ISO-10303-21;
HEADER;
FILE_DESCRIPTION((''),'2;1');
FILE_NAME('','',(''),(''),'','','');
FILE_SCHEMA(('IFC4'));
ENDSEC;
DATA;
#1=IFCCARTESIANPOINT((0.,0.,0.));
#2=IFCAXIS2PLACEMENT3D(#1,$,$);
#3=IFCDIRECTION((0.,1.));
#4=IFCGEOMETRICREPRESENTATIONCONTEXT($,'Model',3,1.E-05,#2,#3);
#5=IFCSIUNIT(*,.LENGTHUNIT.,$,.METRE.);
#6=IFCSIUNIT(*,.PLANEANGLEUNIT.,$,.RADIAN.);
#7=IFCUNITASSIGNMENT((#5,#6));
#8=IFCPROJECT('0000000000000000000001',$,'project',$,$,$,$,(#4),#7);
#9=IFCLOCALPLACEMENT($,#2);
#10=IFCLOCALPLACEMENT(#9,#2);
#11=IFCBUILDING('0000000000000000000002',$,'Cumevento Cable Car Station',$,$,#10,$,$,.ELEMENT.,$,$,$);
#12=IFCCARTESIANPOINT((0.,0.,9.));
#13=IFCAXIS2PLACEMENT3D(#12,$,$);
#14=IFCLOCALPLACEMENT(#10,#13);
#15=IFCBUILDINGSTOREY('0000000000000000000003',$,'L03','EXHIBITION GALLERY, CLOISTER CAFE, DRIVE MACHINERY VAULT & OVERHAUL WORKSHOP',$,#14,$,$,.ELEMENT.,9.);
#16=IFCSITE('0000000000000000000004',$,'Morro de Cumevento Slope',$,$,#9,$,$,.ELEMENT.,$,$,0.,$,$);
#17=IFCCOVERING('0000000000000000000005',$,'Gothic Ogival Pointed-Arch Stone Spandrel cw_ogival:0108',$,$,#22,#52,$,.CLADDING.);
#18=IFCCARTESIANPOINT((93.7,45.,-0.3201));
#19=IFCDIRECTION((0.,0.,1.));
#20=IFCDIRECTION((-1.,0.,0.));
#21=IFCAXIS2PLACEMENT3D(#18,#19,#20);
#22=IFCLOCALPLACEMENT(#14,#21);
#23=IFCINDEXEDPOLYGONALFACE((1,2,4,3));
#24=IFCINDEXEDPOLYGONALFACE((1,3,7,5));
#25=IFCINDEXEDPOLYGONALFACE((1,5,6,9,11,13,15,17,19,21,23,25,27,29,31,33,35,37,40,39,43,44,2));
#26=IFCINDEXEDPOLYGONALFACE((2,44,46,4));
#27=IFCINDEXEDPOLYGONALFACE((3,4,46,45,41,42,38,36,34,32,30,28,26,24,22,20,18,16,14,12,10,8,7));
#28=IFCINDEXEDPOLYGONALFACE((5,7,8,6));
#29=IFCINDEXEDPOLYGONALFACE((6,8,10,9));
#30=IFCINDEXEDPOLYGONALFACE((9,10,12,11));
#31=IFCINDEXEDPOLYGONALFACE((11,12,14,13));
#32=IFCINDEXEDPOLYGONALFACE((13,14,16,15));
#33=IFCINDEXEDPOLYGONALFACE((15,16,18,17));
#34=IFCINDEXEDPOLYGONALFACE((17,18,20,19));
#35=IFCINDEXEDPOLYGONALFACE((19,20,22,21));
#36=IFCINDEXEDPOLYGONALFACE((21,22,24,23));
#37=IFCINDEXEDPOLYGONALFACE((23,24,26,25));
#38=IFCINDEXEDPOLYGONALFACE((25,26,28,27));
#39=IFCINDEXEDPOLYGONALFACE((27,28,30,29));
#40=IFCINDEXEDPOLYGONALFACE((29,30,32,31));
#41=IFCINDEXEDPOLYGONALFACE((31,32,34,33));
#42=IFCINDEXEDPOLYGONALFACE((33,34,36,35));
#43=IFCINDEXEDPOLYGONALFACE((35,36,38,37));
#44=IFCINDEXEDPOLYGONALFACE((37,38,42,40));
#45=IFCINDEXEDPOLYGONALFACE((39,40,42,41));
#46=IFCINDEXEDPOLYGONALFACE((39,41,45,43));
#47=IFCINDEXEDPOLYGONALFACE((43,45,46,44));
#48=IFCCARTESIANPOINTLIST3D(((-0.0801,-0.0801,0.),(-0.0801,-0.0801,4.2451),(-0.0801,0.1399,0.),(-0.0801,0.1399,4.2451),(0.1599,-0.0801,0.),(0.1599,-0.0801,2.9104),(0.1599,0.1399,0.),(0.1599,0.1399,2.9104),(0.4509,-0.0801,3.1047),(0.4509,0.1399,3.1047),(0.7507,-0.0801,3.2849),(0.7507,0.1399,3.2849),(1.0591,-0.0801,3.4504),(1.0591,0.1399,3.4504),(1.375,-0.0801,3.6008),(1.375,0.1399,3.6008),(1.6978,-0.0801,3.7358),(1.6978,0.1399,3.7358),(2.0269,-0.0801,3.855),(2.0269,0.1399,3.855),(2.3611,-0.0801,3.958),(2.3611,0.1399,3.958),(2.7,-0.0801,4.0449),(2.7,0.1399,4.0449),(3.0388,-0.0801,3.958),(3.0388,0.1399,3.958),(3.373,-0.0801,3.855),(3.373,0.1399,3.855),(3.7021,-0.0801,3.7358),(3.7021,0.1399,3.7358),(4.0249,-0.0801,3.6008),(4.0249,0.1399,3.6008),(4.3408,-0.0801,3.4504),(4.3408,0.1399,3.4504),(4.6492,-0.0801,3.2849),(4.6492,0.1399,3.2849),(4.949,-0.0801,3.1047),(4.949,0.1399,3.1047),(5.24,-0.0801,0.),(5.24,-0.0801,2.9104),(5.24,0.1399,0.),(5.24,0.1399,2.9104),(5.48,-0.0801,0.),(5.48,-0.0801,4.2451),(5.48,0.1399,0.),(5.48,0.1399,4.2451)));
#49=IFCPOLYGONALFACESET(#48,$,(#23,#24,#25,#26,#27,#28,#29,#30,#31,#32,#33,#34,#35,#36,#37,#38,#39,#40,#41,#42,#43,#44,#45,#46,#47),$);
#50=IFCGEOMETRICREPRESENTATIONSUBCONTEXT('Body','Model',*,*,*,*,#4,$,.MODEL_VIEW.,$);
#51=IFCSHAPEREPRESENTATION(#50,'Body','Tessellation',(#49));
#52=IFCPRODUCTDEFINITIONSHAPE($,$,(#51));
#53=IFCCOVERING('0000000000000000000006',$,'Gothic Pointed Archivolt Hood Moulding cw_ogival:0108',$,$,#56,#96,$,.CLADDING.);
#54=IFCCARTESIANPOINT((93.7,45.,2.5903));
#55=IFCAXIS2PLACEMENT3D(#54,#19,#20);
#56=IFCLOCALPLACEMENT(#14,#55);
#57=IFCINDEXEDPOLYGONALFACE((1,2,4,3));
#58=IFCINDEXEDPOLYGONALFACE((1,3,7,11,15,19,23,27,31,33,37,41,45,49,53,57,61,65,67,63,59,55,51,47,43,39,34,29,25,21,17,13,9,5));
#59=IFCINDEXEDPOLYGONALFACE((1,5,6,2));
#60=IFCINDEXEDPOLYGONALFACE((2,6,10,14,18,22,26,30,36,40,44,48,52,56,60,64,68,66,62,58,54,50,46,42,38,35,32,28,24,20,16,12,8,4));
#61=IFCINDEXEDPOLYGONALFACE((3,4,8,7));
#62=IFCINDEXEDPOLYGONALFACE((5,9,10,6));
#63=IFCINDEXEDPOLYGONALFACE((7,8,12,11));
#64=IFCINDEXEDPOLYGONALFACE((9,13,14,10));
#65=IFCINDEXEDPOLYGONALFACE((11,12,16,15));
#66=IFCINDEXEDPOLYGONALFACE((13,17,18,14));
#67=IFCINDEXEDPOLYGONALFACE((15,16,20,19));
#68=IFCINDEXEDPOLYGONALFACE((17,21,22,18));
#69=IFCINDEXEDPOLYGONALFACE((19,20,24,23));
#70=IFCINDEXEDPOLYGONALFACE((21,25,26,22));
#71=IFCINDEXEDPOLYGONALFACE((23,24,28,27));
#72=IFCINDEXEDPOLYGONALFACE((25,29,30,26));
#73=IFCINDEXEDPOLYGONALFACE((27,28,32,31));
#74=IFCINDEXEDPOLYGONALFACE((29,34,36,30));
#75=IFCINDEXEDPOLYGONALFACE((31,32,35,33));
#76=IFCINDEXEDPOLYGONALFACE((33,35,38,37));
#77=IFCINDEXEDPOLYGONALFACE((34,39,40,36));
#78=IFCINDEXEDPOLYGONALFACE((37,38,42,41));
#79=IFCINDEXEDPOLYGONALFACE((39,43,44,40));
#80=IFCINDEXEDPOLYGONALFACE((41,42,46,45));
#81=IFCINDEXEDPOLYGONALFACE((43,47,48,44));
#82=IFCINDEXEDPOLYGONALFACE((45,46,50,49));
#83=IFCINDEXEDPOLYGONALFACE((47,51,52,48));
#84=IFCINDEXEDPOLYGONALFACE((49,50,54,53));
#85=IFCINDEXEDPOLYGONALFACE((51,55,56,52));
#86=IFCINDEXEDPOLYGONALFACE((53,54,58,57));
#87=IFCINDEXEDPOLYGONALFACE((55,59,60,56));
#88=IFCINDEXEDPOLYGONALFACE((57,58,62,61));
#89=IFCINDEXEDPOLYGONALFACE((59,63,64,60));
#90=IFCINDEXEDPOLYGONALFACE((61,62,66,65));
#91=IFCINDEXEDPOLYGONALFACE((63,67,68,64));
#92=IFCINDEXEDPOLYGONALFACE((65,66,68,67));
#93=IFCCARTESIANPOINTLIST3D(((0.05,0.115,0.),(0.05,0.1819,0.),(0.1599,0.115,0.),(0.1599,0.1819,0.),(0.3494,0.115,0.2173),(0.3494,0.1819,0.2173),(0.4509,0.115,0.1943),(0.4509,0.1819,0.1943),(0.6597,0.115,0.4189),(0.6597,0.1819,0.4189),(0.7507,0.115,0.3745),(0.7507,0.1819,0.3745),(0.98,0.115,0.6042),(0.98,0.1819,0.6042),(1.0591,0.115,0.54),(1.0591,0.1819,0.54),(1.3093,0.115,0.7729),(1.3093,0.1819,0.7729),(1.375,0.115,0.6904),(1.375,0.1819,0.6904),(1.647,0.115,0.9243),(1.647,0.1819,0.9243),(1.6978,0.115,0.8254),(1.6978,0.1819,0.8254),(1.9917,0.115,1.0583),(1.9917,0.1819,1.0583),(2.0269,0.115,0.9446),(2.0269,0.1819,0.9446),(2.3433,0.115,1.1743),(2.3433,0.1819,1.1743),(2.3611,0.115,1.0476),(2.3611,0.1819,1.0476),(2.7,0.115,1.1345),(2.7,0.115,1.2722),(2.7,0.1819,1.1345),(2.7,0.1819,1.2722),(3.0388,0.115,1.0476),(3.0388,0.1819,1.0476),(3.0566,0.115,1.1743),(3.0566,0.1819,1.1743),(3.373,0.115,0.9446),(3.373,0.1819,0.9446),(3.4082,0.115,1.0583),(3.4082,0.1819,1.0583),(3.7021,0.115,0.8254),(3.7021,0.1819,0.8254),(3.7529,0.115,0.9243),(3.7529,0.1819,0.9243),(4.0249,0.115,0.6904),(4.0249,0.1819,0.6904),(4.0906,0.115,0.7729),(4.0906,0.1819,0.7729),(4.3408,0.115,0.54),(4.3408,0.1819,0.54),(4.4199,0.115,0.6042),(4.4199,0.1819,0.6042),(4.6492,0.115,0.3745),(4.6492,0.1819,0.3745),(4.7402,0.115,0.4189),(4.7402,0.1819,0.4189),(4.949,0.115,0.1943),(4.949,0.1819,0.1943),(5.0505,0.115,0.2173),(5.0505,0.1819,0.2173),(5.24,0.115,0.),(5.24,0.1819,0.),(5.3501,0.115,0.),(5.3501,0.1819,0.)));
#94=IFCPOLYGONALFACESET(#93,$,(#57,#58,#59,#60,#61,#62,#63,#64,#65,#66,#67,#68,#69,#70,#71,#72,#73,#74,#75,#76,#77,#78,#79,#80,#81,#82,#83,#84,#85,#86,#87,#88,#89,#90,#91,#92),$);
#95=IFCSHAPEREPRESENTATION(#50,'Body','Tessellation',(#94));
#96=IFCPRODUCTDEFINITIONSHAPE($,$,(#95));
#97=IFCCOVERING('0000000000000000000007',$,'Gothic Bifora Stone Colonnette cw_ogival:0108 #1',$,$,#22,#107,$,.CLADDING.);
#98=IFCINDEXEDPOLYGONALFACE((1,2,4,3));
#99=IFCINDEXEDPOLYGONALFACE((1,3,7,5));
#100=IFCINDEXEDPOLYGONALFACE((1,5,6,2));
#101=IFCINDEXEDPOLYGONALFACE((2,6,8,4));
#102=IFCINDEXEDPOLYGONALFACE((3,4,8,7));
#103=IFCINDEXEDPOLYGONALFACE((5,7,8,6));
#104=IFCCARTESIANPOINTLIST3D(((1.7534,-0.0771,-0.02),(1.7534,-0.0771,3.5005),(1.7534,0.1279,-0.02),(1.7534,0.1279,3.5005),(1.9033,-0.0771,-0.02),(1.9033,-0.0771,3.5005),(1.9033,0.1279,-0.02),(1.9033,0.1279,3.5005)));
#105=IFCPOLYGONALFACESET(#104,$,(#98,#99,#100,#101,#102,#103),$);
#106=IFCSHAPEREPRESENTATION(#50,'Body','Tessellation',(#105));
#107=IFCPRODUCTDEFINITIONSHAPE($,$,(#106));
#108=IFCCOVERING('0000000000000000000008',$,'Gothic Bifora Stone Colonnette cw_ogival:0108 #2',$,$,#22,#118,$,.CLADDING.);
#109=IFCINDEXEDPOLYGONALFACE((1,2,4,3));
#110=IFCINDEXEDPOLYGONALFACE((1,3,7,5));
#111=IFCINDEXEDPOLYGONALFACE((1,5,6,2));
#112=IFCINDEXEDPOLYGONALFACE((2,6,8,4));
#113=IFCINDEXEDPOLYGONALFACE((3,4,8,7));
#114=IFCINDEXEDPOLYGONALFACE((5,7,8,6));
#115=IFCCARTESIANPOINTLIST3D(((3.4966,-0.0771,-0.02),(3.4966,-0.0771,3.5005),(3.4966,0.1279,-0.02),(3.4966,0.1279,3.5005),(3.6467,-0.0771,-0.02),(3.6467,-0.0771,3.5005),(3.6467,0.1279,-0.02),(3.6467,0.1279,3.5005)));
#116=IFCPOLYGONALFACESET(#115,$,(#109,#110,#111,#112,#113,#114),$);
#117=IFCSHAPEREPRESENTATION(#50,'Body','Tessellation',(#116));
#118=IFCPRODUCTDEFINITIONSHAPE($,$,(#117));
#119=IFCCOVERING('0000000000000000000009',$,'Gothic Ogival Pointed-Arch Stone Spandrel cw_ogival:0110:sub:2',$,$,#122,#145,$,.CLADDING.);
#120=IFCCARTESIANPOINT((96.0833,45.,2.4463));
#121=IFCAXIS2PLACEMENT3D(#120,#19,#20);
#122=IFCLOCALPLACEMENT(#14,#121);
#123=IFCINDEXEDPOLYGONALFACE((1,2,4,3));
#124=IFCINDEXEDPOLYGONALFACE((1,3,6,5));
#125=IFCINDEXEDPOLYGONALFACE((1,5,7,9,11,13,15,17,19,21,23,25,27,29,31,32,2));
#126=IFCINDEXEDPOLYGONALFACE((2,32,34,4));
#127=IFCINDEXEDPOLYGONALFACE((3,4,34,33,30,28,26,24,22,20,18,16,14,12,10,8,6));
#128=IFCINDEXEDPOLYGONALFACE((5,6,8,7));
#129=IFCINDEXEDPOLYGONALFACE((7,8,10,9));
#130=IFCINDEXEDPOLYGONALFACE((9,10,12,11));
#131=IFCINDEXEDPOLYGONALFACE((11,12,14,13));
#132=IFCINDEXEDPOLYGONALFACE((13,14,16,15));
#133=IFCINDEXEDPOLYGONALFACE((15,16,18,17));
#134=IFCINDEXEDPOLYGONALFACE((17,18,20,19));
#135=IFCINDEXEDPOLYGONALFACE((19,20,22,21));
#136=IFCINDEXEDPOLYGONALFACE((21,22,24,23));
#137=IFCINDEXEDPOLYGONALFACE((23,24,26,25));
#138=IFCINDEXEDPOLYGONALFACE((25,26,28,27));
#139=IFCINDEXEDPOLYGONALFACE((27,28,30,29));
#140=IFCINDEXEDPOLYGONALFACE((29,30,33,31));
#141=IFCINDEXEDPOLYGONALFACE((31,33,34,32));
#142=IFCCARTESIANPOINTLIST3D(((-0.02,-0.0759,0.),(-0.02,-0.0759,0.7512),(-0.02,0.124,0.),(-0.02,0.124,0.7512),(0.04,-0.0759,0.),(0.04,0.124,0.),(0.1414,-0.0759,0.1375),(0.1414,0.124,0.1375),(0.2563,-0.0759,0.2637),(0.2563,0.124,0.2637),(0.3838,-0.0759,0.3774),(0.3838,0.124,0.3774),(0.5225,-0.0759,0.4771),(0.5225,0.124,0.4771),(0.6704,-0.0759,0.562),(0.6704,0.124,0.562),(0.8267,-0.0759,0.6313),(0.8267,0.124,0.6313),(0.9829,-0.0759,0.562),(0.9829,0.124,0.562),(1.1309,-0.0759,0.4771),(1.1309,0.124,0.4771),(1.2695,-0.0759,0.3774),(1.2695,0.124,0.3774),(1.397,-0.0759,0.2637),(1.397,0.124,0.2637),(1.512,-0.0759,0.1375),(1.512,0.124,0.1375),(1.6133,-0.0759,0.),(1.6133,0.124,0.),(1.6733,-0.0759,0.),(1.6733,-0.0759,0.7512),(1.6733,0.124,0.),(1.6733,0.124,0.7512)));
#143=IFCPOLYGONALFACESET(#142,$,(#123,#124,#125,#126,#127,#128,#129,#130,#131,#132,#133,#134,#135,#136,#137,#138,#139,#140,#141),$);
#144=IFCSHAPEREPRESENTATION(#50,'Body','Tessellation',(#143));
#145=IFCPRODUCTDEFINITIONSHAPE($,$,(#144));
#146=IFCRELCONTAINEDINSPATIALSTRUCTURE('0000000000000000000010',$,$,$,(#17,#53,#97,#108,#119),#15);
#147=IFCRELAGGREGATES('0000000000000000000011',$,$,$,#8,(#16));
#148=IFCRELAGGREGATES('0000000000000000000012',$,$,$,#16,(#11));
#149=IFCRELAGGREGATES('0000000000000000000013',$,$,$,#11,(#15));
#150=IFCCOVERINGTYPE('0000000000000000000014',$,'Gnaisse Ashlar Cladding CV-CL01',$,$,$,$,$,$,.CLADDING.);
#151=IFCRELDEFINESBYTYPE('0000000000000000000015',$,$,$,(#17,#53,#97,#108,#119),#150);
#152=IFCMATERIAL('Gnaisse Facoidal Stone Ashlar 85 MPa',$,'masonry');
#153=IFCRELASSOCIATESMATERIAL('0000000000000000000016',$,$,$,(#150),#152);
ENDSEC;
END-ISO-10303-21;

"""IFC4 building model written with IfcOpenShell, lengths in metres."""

from ifc_helpers import new_model, si_unit, direction, frame, origin, place, context, subcontext, project, spatial, polyline, outline, extrude, material, type_object, element, save


model = new_model("IFC4")

# Units and contexts
model_context = context("Model", 3, precision=1e-05, world=origin(), true_north=direction((0.0, 1.0)))
body_context = subcontext(model_context, "Body", "Model", "MODEL_VIEW")
ifc_project = project(units=[si_unit("LENGTHUNIT", "METRE"), si_unit("PLANEANGLEUNIT", "RADIAN")], contexts=[model_context])

# Site, building, storey
site_placement = place(None, origin())
site = spatial("IfcSite", under=ifc_project, at=site_placement, Name="Morro de Cumevento Slope", CompositionType="ELEMENT", RefElevation=0.0)
building_placement = place(site_placement, origin())
building = spatial("IfcBuilding", under=site, at=building_placement, Name="Cumevento Cable Car Station", CompositionType="ELEMENT")
storey_placement = place(building_placement, frame((0.0, 0.0, 9.0)))
storey = spatial("IfcBuildingStorey", under=building, at=storey_placement, Name="L03", Description="EXHIBITION GALLERY, CLOISTER CAFE, DRIVE MACHINERY VAULT & OVERHAUL WORKSHOP", CompositionType="ELEMENT", Elevation=9.0)

# Coverings
ifc_material_1 = material(Name="Gnaisse Facoidal Stone Ashlar 85 MPa", Category="masonry")
covering_type = type_object("IfcCoveringType", Name="Gnaisse Ashlar Cladding CV-CL01", PredefinedType="CLADDING", material=ifc_material_1)
placement = place(storey_placement, frame((93.7, 45.0, -0.3201), z_axis=(0.0, 0.0, 1.0), x_axis=(-1.0, 0.0, 0.0)))
element("IfcCovering", 1, at=placement, inside=storey, type_object=covering_type, Name="Gothic Ogival Pointed-Arch Stone Spandrel cw_ogival:0108", PredefinedType="CLADDING", context=body_context, shape_type="SweptSolid", body=[
    extrude(outline(polyline([(-0.0801, 0.0), (-0.0801, 4.2451), (5.48, 4.2451), (5.48, 0.0), (5.24, 0.0), (5.24, 2.9104), (4.949, 3.1047), (4.6492, 3.2849), (4.3408, 3.4504), (4.0249, 3.6008), (3.7021, 3.7358), (3.373, 3.855), (3.0388, 3.958), (2.7, 4.0449), (2.3611, 3.958), (2.0269, 3.855), (1.6978, 3.7358), (1.375, 3.6008), (1.0591, 3.4504), (0.7507, 3.2849), (0.4509, 3.1047), (0.1599, 2.9104), (0.1599, 0.0), (-0.0801, 0.0)])), frame((0.0, 0.1399, 0.0), z_axis=(0.0, -1.0, 0.0), x_axis=(1.0, 0.0, 0.0)), (0.0, 0.0, 1.0), 0.22),
])
covering_1_placement = place(storey_placement, frame((93.7, 45.0, 2.5903), z_axis=(0.0, 0.0, 1.0), x_axis=(-1.0, 0.0, 0.0)))
element("IfcCovering", 2, at=covering_1_placement, inside=storey, type_object=covering_type, Name="Gothic Pointed Archivolt Hood Moulding cw_ogival:0108", PredefinedType="CLADDING", context=body_context, shape_type="SweptSolid", body=[
    extrude(outline(polyline([(0.1599, 0.0), (0.4509, 0.1943), (0.7507, 0.3745), (1.0591, 0.54), (1.375, 0.6904), (1.6978, 0.8254), (2.0269, 0.9446), (2.3611, 1.0476), (2.7, 1.1345), (3.0388, 1.0476), (3.373, 0.9446), (3.7021, 0.8254), (4.0249, 0.6904), (4.3408, 0.54), (4.6492, 0.3745), (4.949, 0.1943), (5.24, 0.0), (5.3501, 0.0), (5.0505, 0.2173), (4.7402, 0.4189), (4.4199, 0.6042), (4.0906, 0.7729), (3.7529, 0.9243), (3.4082, 1.0583), (3.0566, 1.1743), (2.7, 1.2722), (2.3433, 1.1743), (1.9917, 1.0583), (1.647, 0.9243), (1.3093, 0.7729), (0.98, 0.6042), (0.6597, 0.4189), (0.3494, 0.2173), (0.05, 0.0), (0.1599, 0.0)])), frame((0.0, 0.1819, 0.0), z_axis=(0.0, -1.0, 0.0), x_axis=(1.0, 0.0, 0.0)), (0.0, 0.0, 1.0), 0.0669),
])
element("IfcCovering", 3, at=placement, inside=storey, type_object=covering_type, Name="Gothic Bifora Stone Colonnette cw_ogival:0108 #1", PredefinedType="CLADDING", context=body_context, shape_type="SweptSolid", body=[
    extrude(outline(polyline([(1.7534, -0.02), (1.9033, -0.02), (1.9033, 3.5005), (1.7534, 3.5005), (1.7534, -0.02)])), frame((0.0, 0.1279, 0.0), z_axis=(0.0, -1.0, 0.0), x_axis=(1.0, 0.0, 0.0)), (0.0, 0.0, 1.0), 0.2051),
])
element("IfcCovering", 4, at=placement, inside=storey, type_object=covering_type, Name="Gothic Bifora Stone Colonnette cw_ogival:0108 #2", PredefinedType="CLADDING", context=body_context, shape_type="SweptSolid", body=[
    extrude(outline(polyline([(3.4966, -0.02), (3.6467, -0.02), (3.6467, 3.5005), (3.4966, 3.5005), (3.4966, -0.02)])), frame((0.0, 0.1279, 0.0), z_axis=(0.0, -1.0, 0.0), x_axis=(1.0, 0.0, 0.0)), (0.0, 0.0, 1.0), 0.2051),
])
covering_2_placement = place(storey_placement, frame((96.0833, 45.0, 2.4463), z_axis=(0.0, 0.0, 1.0), x_axis=(-1.0, 0.0, 0.0)))
element("IfcCovering", 5, at=covering_2_placement, inside=storey, type_object=covering_type, Name="Gothic Ogival Pointed-Arch Stone Spandrel cw_ogival:0110:sub:2", PredefinedType="CLADDING", context=body_context, shape_type="SweptSolid", body=[
    extrude(outline(polyline([(-0.02, 0.0), (-0.02, 0.7512), (1.6733, 0.7512), (1.6733, 0.0), (1.6133, 0.0), (1.512, 0.1375), (1.397, 0.2637), (1.2695, 0.3774), (1.1309, 0.4771), (0.9829, 0.562), (0.8267, 0.6313), (0.6704, 0.562), (0.5225, 0.4771), (0.3838, 0.3774), (0.2563, 0.2637), (0.1414, 0.1375), (0.04, 0.0), (-0.02, 0.0)])), frame((0.0, 0.124, 0.0), z_axis=(0.0, -1.0, 0.0), x_axis=(1.0, 0.0, 0.0)), (0.0, 0.0, 1.0), 0.2),
])

save(model, "model.ifc")
